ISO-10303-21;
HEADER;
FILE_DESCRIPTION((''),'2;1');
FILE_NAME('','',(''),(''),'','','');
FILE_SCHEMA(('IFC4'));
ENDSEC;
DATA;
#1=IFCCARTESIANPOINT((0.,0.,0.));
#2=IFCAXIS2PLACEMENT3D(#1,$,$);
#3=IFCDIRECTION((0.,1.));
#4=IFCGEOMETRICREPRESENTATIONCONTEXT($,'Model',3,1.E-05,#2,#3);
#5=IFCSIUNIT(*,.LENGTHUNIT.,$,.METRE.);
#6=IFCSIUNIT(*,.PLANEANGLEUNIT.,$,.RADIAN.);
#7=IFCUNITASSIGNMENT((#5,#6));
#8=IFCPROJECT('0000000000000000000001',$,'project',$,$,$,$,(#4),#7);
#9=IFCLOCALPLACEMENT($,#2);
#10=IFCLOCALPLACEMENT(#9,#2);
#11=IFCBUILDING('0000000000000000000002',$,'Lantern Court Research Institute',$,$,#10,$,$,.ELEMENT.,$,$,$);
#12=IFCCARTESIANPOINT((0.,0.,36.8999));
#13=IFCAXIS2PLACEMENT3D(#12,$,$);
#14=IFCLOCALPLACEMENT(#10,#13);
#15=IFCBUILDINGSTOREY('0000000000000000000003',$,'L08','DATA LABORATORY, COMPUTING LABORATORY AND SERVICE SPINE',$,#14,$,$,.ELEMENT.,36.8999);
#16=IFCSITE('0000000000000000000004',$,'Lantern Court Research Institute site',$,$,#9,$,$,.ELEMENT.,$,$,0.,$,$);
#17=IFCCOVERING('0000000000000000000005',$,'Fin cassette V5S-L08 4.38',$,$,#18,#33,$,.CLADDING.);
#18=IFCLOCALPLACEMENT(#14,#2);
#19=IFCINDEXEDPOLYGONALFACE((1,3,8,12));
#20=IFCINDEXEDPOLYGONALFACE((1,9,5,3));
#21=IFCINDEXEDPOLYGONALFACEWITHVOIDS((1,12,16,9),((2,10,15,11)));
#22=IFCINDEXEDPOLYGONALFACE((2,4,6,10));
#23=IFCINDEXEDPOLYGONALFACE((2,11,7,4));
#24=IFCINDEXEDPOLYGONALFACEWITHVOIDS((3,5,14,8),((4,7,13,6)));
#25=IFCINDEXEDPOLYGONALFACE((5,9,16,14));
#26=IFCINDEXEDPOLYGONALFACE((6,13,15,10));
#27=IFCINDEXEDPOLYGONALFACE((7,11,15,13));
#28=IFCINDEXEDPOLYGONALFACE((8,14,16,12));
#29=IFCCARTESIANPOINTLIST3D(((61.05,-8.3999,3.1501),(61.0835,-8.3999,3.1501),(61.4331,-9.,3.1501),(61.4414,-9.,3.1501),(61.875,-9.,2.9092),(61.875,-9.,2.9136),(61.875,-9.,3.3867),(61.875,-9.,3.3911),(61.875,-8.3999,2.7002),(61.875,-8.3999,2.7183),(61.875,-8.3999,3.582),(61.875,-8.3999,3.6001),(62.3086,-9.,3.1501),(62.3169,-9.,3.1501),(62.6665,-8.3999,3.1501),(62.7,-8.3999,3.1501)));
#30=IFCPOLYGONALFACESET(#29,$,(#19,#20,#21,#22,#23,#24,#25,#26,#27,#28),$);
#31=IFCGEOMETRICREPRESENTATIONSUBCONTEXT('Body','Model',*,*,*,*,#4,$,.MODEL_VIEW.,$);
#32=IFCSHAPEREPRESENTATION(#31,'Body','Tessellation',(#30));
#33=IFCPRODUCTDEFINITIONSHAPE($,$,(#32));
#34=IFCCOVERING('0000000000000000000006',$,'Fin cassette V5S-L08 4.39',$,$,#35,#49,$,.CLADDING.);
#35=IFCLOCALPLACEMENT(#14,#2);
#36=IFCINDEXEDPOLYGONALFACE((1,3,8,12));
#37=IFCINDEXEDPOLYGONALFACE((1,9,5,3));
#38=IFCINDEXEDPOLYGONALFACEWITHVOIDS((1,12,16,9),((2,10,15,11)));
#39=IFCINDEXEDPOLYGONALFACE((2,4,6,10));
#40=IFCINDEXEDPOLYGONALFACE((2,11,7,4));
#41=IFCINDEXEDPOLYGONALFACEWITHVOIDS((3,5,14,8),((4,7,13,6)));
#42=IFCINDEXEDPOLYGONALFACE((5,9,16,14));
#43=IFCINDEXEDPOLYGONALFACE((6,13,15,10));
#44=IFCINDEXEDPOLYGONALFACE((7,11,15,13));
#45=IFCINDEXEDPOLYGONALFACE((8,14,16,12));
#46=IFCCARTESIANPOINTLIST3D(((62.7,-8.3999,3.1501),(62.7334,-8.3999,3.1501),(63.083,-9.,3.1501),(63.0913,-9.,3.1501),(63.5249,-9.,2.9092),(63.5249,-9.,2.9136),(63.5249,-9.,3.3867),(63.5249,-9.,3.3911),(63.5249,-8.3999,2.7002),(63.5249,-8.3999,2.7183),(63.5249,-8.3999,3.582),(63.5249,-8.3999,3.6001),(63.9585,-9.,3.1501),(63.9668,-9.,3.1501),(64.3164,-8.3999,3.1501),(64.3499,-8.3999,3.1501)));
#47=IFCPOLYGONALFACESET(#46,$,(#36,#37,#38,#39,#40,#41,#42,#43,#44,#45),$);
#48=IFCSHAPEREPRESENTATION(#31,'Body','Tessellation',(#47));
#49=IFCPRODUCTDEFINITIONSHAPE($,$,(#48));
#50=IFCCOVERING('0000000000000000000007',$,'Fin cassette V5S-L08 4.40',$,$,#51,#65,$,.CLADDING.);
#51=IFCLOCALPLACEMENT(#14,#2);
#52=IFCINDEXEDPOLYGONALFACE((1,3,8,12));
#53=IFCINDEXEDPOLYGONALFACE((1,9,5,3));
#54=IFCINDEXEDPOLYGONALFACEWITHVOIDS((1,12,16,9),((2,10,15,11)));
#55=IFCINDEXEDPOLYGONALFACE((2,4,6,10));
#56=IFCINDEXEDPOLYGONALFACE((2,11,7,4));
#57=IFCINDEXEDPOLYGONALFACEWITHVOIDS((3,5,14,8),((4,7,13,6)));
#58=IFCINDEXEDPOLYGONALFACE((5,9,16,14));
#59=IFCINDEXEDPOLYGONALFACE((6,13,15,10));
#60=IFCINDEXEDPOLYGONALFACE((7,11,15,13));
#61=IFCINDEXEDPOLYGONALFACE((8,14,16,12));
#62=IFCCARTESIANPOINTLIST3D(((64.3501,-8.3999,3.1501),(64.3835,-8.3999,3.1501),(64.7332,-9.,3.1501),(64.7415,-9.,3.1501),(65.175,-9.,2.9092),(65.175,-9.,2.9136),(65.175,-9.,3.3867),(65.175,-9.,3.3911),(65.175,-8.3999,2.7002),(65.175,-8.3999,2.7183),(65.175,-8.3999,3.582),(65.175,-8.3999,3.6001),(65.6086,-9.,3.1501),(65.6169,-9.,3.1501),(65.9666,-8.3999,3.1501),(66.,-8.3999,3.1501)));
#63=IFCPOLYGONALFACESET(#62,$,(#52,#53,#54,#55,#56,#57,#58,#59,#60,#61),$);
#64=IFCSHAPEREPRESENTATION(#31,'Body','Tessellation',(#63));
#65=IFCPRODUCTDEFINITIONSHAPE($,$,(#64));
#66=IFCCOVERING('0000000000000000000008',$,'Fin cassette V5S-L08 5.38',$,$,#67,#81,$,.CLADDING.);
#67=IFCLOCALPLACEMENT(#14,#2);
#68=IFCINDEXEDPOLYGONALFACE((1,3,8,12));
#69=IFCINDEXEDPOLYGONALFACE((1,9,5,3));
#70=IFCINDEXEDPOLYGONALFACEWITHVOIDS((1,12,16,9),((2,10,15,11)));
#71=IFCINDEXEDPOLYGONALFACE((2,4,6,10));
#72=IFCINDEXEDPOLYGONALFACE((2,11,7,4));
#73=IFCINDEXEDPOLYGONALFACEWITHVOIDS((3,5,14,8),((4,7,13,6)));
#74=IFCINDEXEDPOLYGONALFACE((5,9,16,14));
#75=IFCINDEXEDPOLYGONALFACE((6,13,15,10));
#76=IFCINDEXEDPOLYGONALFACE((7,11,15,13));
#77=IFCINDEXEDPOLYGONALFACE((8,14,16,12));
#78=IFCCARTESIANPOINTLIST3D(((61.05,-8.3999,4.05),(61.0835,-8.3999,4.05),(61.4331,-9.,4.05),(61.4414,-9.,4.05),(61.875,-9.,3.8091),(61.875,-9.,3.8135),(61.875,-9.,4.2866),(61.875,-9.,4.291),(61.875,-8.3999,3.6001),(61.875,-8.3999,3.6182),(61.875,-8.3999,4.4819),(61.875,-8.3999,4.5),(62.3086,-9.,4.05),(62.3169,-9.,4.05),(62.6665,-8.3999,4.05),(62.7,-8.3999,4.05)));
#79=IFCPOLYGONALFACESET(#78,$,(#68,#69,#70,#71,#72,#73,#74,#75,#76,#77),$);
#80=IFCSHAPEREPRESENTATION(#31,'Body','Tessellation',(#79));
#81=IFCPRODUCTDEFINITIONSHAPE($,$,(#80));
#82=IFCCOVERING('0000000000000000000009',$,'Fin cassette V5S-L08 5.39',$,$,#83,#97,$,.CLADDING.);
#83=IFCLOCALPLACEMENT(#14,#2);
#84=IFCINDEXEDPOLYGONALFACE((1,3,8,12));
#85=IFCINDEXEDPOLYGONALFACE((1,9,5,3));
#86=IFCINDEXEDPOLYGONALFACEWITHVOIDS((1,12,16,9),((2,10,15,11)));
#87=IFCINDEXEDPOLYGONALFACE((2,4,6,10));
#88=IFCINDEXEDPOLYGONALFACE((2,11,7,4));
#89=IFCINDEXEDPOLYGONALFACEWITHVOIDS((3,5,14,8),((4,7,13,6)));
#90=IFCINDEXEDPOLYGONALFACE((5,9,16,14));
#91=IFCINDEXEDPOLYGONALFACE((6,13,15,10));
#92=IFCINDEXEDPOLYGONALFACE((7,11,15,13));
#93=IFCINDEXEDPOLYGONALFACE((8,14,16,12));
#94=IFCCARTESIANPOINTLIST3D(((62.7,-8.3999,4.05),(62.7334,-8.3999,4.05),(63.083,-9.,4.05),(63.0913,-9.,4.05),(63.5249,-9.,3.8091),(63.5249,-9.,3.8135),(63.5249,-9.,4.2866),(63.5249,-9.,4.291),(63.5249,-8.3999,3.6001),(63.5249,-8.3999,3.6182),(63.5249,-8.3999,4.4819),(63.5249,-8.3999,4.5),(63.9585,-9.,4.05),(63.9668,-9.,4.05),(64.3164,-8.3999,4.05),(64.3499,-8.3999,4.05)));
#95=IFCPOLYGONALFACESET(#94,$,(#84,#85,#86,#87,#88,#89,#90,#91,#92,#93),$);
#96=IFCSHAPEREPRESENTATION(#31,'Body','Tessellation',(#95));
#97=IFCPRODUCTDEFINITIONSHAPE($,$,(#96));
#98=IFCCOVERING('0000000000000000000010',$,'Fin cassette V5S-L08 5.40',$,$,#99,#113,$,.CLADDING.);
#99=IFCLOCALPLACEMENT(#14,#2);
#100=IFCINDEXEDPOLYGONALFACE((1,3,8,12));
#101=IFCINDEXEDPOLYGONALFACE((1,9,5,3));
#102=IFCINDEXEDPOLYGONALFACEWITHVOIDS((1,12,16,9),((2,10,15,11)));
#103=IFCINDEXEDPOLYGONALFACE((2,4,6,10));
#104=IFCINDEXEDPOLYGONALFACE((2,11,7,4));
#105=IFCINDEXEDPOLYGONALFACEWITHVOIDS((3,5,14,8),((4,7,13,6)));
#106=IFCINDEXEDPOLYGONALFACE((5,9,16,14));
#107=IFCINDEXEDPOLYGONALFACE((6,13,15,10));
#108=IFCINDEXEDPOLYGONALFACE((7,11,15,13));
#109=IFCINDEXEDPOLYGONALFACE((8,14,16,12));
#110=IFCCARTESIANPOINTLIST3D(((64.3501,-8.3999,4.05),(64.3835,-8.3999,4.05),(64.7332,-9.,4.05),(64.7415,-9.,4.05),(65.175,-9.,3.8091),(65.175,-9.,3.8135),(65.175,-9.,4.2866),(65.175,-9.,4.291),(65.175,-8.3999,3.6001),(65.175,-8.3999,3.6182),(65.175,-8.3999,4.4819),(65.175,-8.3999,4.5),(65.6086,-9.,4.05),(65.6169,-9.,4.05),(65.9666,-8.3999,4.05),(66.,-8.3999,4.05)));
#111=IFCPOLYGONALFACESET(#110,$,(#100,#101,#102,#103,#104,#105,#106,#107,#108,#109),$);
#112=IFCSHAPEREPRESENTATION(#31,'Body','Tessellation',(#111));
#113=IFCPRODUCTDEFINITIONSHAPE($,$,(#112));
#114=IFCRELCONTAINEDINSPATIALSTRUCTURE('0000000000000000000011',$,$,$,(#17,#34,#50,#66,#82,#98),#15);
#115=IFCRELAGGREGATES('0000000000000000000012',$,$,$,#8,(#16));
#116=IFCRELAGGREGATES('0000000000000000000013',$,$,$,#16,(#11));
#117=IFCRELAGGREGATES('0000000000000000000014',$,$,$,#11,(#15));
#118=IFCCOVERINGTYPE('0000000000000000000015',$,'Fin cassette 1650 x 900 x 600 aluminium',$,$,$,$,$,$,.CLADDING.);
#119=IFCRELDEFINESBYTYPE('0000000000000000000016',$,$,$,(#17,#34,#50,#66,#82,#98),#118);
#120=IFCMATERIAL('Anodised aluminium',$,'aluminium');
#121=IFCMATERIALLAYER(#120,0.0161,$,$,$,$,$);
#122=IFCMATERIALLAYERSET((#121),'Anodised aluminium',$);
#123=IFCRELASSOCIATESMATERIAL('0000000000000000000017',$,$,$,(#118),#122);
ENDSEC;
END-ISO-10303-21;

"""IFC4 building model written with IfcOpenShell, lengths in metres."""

from ifc_helpers import new_model, entity, si_unit, direction, frame, origin, place, context, subcontext, project, spatial, material, layer, layer_set, type_object, element, save


model = new_model("IFC4")

# Units and contexts
model_context = context("Model", 3, precision=1e-05, world=origin(), true_north=direction((0.0, 1.0)))
body_context = subcontext(model_context, "Body", "Model", "MODEL_VIEW")
ifc_project = project(units=[si_unit("LENGTHUNIT", "METRE"), si_unit("PLANEANGLEUNIT", "RADIAN")], contexts=[model_context])

# Site, building, storey
site_placement = place(None, origin())
site = spatial("IfcSite", under=ifc_project, at=site_placement, Name="Lantern Court Research Institute site", CompositionType="ELEMENT", RefElevation=0.0)
building_placement = place(site_placement, origin())
building = spatial("IfcBuilding", under=site, at=building_placement, Name="Lantern Court Research Institute", CompositionType="ELEMENT")
storey_placement = place(building_placement, frame((0.0, 0.0, 36.8999)))
storey = spatial("IfcBuildingStorey", under=building, at=storey_placement, Name="L08", Description="DATA LABORATORY, COMPUTING LABORATORY AND SERVICE SPINE", CompositionType="ELEMENT", Elevation=36.8999)

# Coverings
ifc_material_1 = material(Name="Anodised aluminium", Category="aluminium")
ifc_layer_1 = layer(ifc_material_1, 0.0161)
ifc_layer_set_1 = layer_set([ifc_layer_1], Name="Anodised aluminium")
covering_type = type_object("IfcCoveringType", Name="Fin cassette 1650 x 900 x 600 aluminium", PredefinedType="CLADDING", material=ifc_layer_set_1)
covering_1_placement = place(storey_placement, frame((61.875, -8.3999, 3.1501), z_axis=(0.0, -1.0, 0.0), x_axis=(1.0, 0.0, 0.0)))
cartesian_point_1 = entity("IfcCartesianPoint", [0.825, 0.0])
cartesian_point_2 = entity("IfcCartesianPoint", [0.7915, 0.0])
cartesian_point_3 = entity("IfcCartesianPoint", [0.4419, 0.0])
cartesian_point_4 = entity("IfcCartesianPoint", [0.4336, 0.0])
element("IfcCovering", 1, at=covering_1_placement, inside=storey, type_object=covering_type, Name="Fin cassette V5S-L08 4.38", PredefinedType="CLADDING", context=body_context, shape_type="SweptSolid", body=[
    entity("IfcExtrudedAreaSolidTapered", entity("IfcArbitraryProfileDefWithVoids", "AREA", None, entity("IfcPolyline", [cartesian_point_1, entity("IfcCartesianPoint", [0.0, 0.45]), entity("IfcCartesianPoint", [-0.825, 0.0]), entity("IfcCartesianPoint", [0.0, -0.45]), cartesian_point_1]), [entity("IfcPolyline", [cartesian_point_2, entity("IfcCartesianPoint", [0.0, 0.4319]), entity("IfcCartesianPoint", [-0.7915, 0.0]), entity("IfcCartesianPoint", [0.0, -0.4319]), cartesian_point_2])]), entity("IfcAxis2Placement3D", entity("IfcCartesianPoint", [0.0, 0.0, 0.0])), entity("IfcDirection", [0.0, 0.0, 1.0]), 0.6001, entity("IfcArbitraryProfileDefWithVoids", "AREA", None, entity("IfcPolyline", [cartesian_point_3, entity("IfcCartesianPoint", [0.0, 0.241]), entity("IfcCartesianPoint", [-0.4419, 0.0]), entity("IfcCartesianPoint", [0.0, -0.241]), cartesian_point_3]), [entity("IfcPolyline", [cartesian_point_4, entity("IfcCartesianPoint", [0.0, 0.2366]), entity("IfcCartesianPoint", [-0.4336, 0.0]), entity("IfcCartesianPoint", [0.0, -0.2366]), cartesian_point_4])])),
])
covering_2_placement = place(storey_placement, frame((63.5249, -8.3999, 3.1501), z_axis=(0.0, -1.0, 0.0), x_axis=(1.0, 0.0, 0.0)))
cartesian_point_5 = entity("IfcCartesianPoint", [0.825, 0.0])
cartesian_point_6 = entity("IfcCartesianPoint", [0.7915, 0.0])
cartesian_point_7 = entity("IfcCartesianPoint", [0.4419, 0.0])
cartesian_point_8 = entity("IfcCartesianPoint", [0.4336, 0.0])
element("IfcCovering", 2, at=covering_2_placement, inside=storey, type_object=covering_type, Name="Fin cassette V5S-L08 4.39", PredefinedType="CLADDING", context=body_context, shape_type="SweptSolid", body=[
    entity("IfcExtrudedAreaSolidTapered", entity("IfcArbitraryProfileDefWithVoids", "AREA", None, entity("IfcPolyline", [cartesian_point_5, entity("IfcCartesianPoint", [0.0, 0.45]), entity("IfcCartesianPoint", [-0.825, 0.0]), entity("IfcCartesianPoint", [0.0, -0.45]), cartesian_point_5]), [entity("IfcPolyline", [cartesian_point_6, entity("IfcCartesianPoint", [0.0, 0.4319]), entity("IfcCartesianPoint", [-0.7915, 0.0]), entity("IfcCartesianPoint", [0.0, -0.4319]), cartesian_point_6])]), entity("IfcAxis2Placement3D", entity("IfcCartesianPoint", [0.0, 0.0, 0.0])), entity("IfcDirection", [0.0, 0.0, 1.0]), 0.6001, entity("IfcArbitraryProfileDefWithVoids", "AREA", None, entity("IfcPolyline", [cartesian_point_7, entity("IfcCartesianPoint", [0.0, 0.241]), entity("IfcCartesianPoint", [-0.4419, 0.0]), entity("IfcCartesianPoint", [0.0, -0.241]), cartesian_point_7]), [entity("IfcPolyline", [cartesian_point_8, entity("IfcCartesianPoint", [0.0, 0.2366]), entity("IfcCartesianPoint", [-0.4336, 0.0]), entity("IfcCartesianPoint", [0.0, -0.2366]), cartesian_point_8])])),
])
covering_3_placement = place(storey_placement, frame((65.175, -8.3999, 3.1501), z_axis=(0.0, -1.0, 0.0), x_axis=(1.0, 0.0, 0.0)))
cartesian_point_9 = entity("IfcCartesianPoint", [0.825, 0.0])
cartesian_point_10 = entity("IfcCartesianPoint", [0.7915, 0.0])
cartesian_point_11 = entity("IfcCartesianPoint", [0.4419, 0.0])
cartesian_point_12 = entity("IfcCartesianPoint", [0.4336, 0.0])
element("IfcCovering", 3, at=covering_3_placement, inside=storey, type_object=covering_type, Name="Fin cassette V5S-L08 4.40", PredefinedType="CLADDING", context=body_context, shape_type="SweptSolid", body=[
    entity("IfcExtrudedAreaSolidTapered", entity("IfcArbitraryProfileDefWithVoids", "AREA", None, entity("IfcPolyline", [cartesian_point_9, entity("IfcCartesianPoint", [0.0, 0.45]), entity("IfcCartesianPoint", [-0.825, 0.0]), entity("IfcCartesianPoint", [0.0, -0.45]), cartesian_point_9]), [entity("IfcPolyline", [cartesian_point_10, entity("IfcCartesianPoint", [0.0, 0.4319]), entity("IfcCartesianPoint", [-0.7915, 0.0]), entity("IfcCartesianPoint", [0.0, -0.4319]), cartesian_point_10])]), entity("IfcAxis2Placement3D", entity("IfcCartesianPoint", [0.0, 0.0, 0.0])), entity("IfcDirection", [0.0, 0.0, 1.0]), 0.6001, entity("IfcArbitraryProfileDefWithVoids", "AREA", None, entity("IfcPolyline", [cartesian_point_11, entity("IfcCartesianPoint", [0.0, 0.241]), entity("IfcCartesianPoint", [-0.4419, 0.0]), entity("IfcCartesianPoint", [0.0, -0.241]), cartesian_point_11]), [entity("IfcPolyline", [cartesian_point_12, entity("IfcCartesianPoint", [0.0, 0.2366]), entity("IfcCartesianPoint", [-0.4336, 0.0]), entity("IfcCartesianPoint", [0.0, -0.2366]), cartesian_point_12])])),
])
covering_4_placement = place(storey_placement, frame((61.875, -8.3999, 4.05), z_axis=(0.0, -1.0, 0.0), x_axis=(1.0, 0.0, 0.0)))
cartesian_point_13 = entity("IfcCartesianPoint", [0.825, 0.0])
cartesian_point_14 = entity("IfcCartesianPoint", [0.7915, 0.0])
cartesian_point_15 = entity("IfcCartesianPoint", [0.4419, 0.0])
cartesian_point_16 = entity("IfcCartesianPoint", [0.4336, 0.0])
element("IfcCovering", 4, at=covering_4_placement, inside=storey, type_object=covering_type, Name="Fin cassette V5S-L08 5.38", PredefinedType="CLADDING", context=body_context, shape_type="SweptSolid", body=[
    entity("IfcExtrudedAreaSolidTapered", entity("IfcArbitraryProfileDefWithVoids", "AREA", None, entity("IfcPolyline", [cartesian_point_13, entity("IfcCartesianPoint", [0.0, 0.45]), entity("IfcCartesianPoint", [-0.825, 0.0]), entity("IfcCartesianPoint", [0.0, -0.45]), cartesian_point_13]), [entity("IfcPolyline", [cartesian_point_14, entity("IfcCartesianPoint", [0.0, 0.4319]), entity("IfcCartesianPoint", [-0.7915, 0.0]), entity("IfcCartesianPoint", [0.0, -0.4319]), cartesian_point_14])]), entity("IfcAxis2Placement3D", entity("IfcCartesianPoint", [0.0, 0.0, 0.0])), entity("IfcDirection", [0.0, 0.0, 1.0]), 0.6001, entity("IfcArbitraryProfileDefWithVoids", "AREA", None, entity("IfcPolyline", [cartesian_point_15, entity("IfcCartesianPoint", [0.0, 0.241]), entity("IfcCartesianPoint", [-0.4419, 0.0]), entity("IfcCartesianPoint", [0.0, -0.241]), cartesian_point_15]), [entity("IfcPolyline", [cartesian_point_16, entity("IfcCartesianPoint", [0.0, 0.2366]), entity("IfcCartesianPoint", [-0.4336, 0.0]), entity("IfcCartesianPoint", [0.0, -0.2366]), cartesian_point_16])])),
])
covering_5_placement = place(storey_placement, frame((63.5249, -8.3999, 4.05), z_axis=(0.0, -1.0, 0.0), x_axis=(1.0, 0.0, 0.0)))
cartesian_point_17 = entity("IfcCartesianPoint", [0.825, 0.0])
cartesian_point_18 = entity("IfcCartesianPoint", [0.7915, 0.0])
cartesian_point_19 = entity("IfcCartesianPoint", [0.4419, 0.0])
cartesian_point_20 = entity("IfcCartesianPoint", [0.4336, 0.0])
element("IfcCovering", 5, at=covering_5_placement, inside=storey, type_object=covering_type, Name="Fin cassette V5S-L08 5.39", PredefinedType="CLADDING", context=body_context, shape_type="SweptSolid", body=[
    entity("IfcExtrudedAreaSolidTapered", entity("IfcArbitraryProfileDefWithVoids", "AREA", None, entity("IfcPolyline", [cartesian_point_17, entity("IfcCartesianPoint", [0.0, 0.45]), entity("IfcCartesianPoint", [-0.825, 0.0]), entity("IfcCartesianPoint", [0.0, -0.45]), cartesian_point_17]), [entity("IfcPolyline", [cartesian_point_18, entity("IfcCartesianPoint", [0.0, 0.4319]), entity("IfcCartesianPoint", [-0.7915, 0.0]), entity("IfcCartesianPoint", [0.0, -0.4319]), cartesian_point_18])]), entity("IfcAxis2Placement3D", entity("IfcCartesianPoint", [0.0, 0.0, 0.0])), entity("IfcDirection", [0.0, 0.0, 1.0]), 0.6001, entity("IfcArbitraryProfileDefWithVoids", "AREA", None, entity("IfcPolyline", [cartesian_point_19, entity("IfcCartesianPoint", [0.0, 0.241]), entity("IfcCartesianPoint", [-0.4419, 0.0]), entity("IfcCartesianPoint", [0.0, -0.241]), cartesian_point_19]), [entity("IfcPolyline", [cartesian_point_20, entity("IfcCartesianPoint", [0.0, 0.2366]), entity("IfcCartesianPoint", [-0.4336, 0.0]), entity("IfcCartesianPoint", [0.0, -0.2366]), cartesian_point_20])])),
])
covering_6_placement = place(storey_placement, frame((65.175, -8.3999, 4.05), z_axis=(0.0, -1.0, 0.0), x_axis=(1.0, 0.0, 0.0)))
cartesian_point_21 = entity("IfcCartesianPoint", [0.825, 0.0])
cartesian_point_22 = entity("IfcCartesianPoint", [0.7915, 0.0])
cartesian_point_23 = entity("IfcCartesianPoint", [0.4419, 0.0])
cartesian_point_24 = entity("IfcCartesianPoint", [0.4336, 0.0])
element("IfcCovering", 6, at=covering_6_placement, inside=storey, type_object=covering_type, Name="Fin cassette V5S-L08 5.40", PredefinedType="CLADDING", context=body_context, shape_type="SweptSolid", body=[
    entity("IfcExtrudedAreaSolidTapered", entity("IfcArbitraryProfileDefWithVoids", "AREA", None, entity("IfcPolyline", [cartesian_point_21, entity("IfcCartesianPoint", [0.0, 0.45]), entity("IfcCartesianPoint", [-0.825, 0.0]), entity("IfcCartesianPoint", [0.0, -0.45]), cartesian_point_21]), [entity("IfcPolyline", [cartesian_point_22, entity("IfcCartesianPoint", [0.0, 0.4319]), entity("IfcCartesianPoint", [-0.7915, 0.0]), entity("IfcCartesianPoint", [0.0, -0.4319]), cartesian_point_22])]), entity("IfcAxis2Placement3D", entity("IfcCartesianPoint", [0.0, 0.0, 0.0])), entity("IfcDirection", [0.0, 0.0, 1.0]), 0.6001, entity("IfcArbitraryProfileDefWithVoids", "AREA", None, entity("IfcPolyline", [cartesian_point_23, entity("IfcCartesianPoint", [0.0, 0.241]), entity("IfcCartesianPoint", [-0.4419, 0.0]), entity("IfcCartesianPoint", [0.0, -0.241]), cartesian_point_23]), [entity("IfcPolyline", [cartesian_point_24, entity("IfcCartesianPoint", [0.0, 0.2366]), entity("IfcCartesianPoint", [-0.4336, 0.0]), entity("IfcCartesianPoint", [0.0, -0.2366]), cartesian_point_24])])),
])

save(model, "model.ifc")
